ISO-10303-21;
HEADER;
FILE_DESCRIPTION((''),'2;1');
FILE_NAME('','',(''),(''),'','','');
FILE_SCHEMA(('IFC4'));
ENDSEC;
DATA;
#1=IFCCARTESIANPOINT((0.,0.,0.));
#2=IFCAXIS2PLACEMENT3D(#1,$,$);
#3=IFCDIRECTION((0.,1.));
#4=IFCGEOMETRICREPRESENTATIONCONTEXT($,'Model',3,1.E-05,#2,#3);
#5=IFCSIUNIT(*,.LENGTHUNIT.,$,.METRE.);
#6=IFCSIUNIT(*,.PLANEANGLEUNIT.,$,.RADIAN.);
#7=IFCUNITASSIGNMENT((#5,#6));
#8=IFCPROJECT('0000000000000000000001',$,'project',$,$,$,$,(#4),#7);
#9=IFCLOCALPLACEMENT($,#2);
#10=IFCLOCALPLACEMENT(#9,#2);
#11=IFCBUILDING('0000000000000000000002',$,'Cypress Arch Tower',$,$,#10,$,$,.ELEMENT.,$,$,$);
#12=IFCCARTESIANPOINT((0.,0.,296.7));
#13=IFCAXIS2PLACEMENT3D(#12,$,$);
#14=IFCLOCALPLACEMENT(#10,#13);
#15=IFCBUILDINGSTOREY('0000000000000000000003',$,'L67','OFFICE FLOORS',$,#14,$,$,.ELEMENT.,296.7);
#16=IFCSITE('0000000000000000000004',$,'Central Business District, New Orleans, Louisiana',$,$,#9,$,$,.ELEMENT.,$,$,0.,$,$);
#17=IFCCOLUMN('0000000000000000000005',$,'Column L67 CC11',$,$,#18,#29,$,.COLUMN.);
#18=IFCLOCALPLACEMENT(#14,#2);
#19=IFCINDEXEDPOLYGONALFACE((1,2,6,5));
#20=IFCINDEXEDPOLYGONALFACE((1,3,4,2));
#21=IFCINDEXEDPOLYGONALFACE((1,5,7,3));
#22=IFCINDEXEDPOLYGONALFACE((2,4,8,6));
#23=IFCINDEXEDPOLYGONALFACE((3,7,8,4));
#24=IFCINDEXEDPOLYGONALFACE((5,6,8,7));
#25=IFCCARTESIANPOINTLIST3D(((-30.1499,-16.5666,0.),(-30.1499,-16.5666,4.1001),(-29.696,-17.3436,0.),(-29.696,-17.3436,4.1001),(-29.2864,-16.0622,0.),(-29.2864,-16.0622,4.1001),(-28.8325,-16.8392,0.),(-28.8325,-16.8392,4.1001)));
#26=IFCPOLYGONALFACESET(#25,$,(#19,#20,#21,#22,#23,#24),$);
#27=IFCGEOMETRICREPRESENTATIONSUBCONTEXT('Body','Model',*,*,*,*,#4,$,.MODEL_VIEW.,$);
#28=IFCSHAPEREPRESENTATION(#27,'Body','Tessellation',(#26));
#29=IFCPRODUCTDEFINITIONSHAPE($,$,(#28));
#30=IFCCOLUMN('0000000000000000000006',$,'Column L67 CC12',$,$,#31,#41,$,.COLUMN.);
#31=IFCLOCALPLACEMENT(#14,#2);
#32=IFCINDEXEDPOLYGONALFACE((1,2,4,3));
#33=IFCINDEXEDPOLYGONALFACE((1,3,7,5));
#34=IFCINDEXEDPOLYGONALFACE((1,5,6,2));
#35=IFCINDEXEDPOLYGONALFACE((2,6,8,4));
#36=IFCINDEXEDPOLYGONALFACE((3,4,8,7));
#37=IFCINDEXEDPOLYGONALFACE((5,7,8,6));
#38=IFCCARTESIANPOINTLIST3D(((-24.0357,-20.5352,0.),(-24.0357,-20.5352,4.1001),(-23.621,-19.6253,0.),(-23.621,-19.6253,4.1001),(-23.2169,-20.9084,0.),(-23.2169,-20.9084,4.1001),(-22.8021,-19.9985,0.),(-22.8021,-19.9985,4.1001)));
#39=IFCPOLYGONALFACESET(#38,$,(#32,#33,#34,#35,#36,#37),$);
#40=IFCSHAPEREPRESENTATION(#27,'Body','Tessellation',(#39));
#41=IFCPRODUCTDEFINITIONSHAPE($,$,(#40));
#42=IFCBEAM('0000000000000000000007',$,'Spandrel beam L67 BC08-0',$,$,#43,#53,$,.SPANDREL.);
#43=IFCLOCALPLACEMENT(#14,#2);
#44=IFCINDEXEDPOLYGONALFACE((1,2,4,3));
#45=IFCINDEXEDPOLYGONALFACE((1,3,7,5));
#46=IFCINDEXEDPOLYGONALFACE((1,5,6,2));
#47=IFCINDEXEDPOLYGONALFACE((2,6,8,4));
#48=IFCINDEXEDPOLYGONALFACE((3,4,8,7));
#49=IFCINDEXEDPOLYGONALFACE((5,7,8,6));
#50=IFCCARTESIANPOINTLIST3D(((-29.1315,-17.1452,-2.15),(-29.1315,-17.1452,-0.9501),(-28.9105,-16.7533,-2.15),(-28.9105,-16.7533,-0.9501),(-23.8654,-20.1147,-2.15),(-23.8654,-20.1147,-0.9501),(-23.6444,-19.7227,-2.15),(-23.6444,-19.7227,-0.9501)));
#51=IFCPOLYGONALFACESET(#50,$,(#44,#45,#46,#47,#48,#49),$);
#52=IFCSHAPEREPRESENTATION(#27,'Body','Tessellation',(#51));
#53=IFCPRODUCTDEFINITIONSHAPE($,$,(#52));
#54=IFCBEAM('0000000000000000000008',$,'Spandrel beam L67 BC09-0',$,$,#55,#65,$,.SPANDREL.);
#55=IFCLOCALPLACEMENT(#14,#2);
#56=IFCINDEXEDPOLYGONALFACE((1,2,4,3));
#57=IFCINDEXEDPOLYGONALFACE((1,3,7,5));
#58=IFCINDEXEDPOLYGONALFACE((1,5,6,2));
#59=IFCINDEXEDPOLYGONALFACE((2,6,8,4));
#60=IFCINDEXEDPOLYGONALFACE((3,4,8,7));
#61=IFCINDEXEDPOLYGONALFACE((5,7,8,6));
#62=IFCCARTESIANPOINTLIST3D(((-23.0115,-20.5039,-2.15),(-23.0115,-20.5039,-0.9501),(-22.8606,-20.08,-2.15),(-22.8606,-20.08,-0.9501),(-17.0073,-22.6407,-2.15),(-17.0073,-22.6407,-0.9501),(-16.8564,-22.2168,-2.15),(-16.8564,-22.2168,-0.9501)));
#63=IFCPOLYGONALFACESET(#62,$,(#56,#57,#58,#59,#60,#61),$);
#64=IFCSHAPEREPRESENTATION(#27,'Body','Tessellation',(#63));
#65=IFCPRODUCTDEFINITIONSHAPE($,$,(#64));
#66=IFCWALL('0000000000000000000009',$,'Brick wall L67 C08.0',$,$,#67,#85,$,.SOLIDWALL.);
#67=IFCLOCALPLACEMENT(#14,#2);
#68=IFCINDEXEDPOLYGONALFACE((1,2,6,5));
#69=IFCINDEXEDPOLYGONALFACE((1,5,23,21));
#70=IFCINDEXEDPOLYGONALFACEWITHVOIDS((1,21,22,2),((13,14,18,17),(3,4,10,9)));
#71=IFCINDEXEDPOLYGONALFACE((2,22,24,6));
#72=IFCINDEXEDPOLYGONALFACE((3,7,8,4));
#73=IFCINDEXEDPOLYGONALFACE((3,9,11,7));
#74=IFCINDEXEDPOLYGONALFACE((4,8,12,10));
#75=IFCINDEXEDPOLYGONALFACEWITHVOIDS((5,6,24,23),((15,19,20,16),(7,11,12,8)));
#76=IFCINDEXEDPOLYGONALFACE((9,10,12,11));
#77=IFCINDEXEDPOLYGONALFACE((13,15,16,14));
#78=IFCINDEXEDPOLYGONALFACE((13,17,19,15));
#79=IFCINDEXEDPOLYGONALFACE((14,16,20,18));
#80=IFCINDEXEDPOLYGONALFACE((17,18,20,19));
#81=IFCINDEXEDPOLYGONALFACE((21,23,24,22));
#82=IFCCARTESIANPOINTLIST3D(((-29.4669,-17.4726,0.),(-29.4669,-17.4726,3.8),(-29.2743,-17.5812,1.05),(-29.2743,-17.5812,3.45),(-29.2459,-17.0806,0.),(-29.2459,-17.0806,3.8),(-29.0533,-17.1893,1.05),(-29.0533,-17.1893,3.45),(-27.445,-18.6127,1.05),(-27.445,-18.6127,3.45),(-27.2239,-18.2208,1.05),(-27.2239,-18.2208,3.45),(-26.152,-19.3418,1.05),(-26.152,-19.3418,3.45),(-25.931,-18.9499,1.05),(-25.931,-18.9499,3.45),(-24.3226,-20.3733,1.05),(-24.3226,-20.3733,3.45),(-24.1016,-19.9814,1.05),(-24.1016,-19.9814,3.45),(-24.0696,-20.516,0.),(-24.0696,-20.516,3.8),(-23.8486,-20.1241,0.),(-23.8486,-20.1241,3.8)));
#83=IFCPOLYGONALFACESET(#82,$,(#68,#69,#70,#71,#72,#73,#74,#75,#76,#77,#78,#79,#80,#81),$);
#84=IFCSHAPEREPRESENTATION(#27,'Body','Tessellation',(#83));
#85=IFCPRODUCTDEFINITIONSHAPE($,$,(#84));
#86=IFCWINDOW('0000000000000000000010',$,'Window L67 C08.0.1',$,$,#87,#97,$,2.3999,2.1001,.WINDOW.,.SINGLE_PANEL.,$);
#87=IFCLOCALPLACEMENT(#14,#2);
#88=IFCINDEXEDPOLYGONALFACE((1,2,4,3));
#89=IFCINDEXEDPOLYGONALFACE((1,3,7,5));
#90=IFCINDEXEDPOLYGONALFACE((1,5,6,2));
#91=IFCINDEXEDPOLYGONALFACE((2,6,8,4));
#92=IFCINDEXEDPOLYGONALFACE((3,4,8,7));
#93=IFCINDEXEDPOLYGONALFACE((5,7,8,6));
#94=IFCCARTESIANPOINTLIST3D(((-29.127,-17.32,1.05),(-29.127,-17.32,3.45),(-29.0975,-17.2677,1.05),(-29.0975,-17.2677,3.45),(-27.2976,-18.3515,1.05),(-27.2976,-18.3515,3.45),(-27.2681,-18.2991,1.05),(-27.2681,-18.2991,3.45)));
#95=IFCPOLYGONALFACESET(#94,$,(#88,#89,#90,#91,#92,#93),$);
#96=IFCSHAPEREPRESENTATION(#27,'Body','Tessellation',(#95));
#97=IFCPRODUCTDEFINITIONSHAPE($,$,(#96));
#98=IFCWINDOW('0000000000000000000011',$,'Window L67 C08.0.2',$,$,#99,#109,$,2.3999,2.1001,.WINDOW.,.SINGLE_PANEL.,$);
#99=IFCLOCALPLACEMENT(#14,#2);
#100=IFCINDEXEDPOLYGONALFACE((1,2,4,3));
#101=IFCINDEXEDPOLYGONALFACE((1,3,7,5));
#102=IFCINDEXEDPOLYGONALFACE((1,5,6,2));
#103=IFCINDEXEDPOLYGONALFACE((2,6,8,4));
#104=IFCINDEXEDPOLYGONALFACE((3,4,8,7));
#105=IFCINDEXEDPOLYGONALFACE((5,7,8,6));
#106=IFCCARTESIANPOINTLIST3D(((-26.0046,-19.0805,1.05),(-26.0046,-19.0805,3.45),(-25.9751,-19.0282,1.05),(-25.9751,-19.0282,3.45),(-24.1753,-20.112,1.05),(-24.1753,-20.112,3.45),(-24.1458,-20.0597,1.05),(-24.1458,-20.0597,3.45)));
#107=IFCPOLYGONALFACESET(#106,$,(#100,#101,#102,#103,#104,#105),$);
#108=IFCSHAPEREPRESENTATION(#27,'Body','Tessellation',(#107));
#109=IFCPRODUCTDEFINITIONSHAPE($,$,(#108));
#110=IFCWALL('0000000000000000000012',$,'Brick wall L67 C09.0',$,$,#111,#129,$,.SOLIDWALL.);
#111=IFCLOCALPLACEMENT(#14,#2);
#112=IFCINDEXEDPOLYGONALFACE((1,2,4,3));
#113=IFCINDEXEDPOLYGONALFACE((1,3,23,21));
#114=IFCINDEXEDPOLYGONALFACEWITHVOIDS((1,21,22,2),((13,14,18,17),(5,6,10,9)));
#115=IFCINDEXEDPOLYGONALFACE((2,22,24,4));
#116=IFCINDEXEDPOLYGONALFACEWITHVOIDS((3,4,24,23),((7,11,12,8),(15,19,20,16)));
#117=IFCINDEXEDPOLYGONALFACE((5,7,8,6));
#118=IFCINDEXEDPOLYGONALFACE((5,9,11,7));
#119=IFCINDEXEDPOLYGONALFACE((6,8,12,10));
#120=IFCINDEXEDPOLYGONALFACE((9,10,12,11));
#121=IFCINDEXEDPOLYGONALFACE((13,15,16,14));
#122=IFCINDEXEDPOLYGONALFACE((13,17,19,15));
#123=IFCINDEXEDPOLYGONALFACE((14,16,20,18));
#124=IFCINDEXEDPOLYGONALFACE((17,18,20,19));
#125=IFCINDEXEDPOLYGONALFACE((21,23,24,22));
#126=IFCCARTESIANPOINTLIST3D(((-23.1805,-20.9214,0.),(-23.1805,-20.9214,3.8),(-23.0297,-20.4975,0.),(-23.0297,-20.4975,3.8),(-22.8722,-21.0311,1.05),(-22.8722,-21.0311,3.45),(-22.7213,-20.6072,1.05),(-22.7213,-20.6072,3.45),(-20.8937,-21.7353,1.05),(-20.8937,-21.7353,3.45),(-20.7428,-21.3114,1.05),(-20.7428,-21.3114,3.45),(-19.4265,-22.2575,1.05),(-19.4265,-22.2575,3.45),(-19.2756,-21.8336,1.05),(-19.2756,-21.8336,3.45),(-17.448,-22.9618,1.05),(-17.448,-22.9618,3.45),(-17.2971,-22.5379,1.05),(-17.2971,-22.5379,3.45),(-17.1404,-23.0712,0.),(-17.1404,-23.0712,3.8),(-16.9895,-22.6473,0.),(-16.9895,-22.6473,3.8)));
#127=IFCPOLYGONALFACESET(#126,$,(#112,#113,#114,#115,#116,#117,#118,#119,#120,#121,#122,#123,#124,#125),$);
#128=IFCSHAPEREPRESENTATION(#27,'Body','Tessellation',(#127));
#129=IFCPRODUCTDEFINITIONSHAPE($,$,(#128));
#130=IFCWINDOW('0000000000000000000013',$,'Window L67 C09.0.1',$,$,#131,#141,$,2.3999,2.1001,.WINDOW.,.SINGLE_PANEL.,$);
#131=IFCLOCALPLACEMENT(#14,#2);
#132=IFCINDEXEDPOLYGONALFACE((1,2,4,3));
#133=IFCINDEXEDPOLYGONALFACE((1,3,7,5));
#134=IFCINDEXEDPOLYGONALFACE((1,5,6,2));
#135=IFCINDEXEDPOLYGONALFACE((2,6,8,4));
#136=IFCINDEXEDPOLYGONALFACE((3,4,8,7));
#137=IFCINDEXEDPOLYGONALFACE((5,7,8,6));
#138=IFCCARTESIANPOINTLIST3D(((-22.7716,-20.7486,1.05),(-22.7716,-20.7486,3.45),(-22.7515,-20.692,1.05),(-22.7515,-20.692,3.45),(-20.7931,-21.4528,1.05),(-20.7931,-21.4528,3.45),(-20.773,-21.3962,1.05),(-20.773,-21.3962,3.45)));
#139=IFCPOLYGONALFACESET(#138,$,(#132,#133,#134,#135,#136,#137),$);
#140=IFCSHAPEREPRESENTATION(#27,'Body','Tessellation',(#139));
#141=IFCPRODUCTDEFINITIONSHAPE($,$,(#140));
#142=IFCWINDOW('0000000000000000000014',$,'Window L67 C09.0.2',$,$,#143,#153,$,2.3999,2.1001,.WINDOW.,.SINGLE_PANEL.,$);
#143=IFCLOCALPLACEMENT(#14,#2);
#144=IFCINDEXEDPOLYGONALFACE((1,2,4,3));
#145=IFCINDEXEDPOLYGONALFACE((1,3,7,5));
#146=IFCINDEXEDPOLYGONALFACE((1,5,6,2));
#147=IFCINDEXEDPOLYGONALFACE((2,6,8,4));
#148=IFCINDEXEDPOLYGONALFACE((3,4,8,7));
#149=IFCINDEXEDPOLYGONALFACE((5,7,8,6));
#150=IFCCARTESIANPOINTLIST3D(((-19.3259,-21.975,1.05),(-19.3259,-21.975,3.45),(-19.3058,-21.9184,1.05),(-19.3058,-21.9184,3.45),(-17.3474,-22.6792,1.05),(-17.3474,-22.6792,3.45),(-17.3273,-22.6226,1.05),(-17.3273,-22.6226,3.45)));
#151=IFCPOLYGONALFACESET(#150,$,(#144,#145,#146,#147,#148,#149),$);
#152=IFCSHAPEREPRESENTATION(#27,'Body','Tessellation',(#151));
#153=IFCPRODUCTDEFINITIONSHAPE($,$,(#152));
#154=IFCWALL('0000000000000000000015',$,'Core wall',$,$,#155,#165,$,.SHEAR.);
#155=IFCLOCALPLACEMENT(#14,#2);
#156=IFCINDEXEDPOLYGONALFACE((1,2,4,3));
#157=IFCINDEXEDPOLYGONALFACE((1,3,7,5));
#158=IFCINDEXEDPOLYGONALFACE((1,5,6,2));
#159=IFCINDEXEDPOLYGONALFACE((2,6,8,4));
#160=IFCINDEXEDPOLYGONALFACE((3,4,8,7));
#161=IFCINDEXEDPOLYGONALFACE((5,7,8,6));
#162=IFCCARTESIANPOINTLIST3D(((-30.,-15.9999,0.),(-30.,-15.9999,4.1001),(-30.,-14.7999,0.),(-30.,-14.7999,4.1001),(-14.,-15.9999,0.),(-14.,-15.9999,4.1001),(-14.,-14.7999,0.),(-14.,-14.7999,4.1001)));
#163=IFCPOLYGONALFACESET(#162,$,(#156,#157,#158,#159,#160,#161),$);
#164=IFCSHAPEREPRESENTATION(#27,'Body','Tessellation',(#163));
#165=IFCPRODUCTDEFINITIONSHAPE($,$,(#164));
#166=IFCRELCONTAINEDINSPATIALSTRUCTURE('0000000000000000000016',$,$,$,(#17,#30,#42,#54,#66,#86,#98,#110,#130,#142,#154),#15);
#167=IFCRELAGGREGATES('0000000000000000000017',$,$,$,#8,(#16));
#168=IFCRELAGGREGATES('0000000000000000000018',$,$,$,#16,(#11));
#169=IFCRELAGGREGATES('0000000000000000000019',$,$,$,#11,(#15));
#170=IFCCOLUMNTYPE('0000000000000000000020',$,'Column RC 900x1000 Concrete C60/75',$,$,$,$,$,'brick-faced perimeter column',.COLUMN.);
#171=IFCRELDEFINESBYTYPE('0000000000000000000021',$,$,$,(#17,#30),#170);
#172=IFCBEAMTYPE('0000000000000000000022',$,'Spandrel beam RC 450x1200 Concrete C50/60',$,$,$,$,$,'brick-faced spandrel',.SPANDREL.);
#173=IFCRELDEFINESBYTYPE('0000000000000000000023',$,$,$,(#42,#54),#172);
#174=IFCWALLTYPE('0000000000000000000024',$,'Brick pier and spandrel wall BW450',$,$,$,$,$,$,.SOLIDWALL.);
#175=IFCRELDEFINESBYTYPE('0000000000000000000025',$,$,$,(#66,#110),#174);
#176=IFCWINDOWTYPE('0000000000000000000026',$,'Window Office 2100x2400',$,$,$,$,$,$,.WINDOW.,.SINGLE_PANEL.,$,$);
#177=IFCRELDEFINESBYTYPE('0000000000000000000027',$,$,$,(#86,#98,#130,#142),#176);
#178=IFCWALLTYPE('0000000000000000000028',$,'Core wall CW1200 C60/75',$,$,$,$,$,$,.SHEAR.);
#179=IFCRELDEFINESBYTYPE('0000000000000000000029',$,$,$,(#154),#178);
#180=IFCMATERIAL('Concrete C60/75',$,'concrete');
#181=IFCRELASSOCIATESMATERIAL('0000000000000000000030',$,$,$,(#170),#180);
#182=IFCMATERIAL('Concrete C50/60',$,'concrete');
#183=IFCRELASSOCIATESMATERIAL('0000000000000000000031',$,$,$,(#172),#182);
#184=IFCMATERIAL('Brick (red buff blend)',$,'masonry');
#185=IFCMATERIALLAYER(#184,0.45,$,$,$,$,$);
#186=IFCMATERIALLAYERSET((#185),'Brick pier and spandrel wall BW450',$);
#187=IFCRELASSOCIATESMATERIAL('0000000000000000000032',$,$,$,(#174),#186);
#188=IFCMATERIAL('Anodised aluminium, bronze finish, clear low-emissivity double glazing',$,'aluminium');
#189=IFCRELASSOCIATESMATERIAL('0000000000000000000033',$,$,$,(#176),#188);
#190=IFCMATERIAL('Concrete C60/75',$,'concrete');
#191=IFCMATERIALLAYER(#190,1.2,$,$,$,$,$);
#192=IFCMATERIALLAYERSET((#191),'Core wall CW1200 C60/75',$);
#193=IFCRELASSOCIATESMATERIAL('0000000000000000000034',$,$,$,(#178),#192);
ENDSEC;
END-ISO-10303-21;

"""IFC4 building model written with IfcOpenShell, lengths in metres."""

from ifc_helpers import new_model, si_unit, direction, frame, frame_2d, origin, origin_2d, place, context, subcontext, project, spatial, rectangle, extrude, material, layer, layer_set, material_profile, profile_set, type_object, element, fill, save


model = new_model("IFC4")

# Units and contexts
model_context = context("Model", 3, precision=1e-05, world=origin(), true_north=direction((0.0, 1.0)))
body_context = subcontext(model_context, "Body", "Model", "MODEL_VIEW")
ifc_project = project(units=[si_unit("LENGTHUNIT", "METRE"), si_unit("PLANEANGLEUNIT", "RADIAN")], contexts=[model_context])

# Site, building, storey
site_placement = place(None, origin())
site = spatial("IfcSite", under=ifc_project, at=site_placement, Name="Central Business District, New Orleans, Louisiana", CompositionType="ELEMENT", RefElevation=0.0)
building_placement = place(site_placement, origin())
building = spatial("IfcBuilding", under=site, at=building_placement, Name="Cypress Arch Tower", CompositionType="ELEMENT")
storey_placement = place(building_placement, frame((0.0, 0.0, 296.7)))
storey = spatial("IfcBuildingStorey", under=building, at=storey_placement, Name="L67", Description="OFFICE FLOORS", CompositionType="ELEMENT", Elevation=296.7)

# Columns
ifc_material_1 = material(Name="Concrete C60/75", Category="concrete")
ifc_material_profile_1 = material_profile(ifc_material_1, rectangle(XDim=0.8999, YDim=1.0, at=origin_2d()), Name="RC 900x1000")
ifc_profile_set_1 = profile_set([ifc_material_profile_1], Name="Concrete C60/75")
column_type = type_object("IfcColumnType", Name="Column RC 900x1000 Concrete C60/75", ElementType="brick-faced perimeter column", PredefinedType="COLUMN", material=ifc_profile_set_1)
for number, where, z_axis, x_axis, name in (
    (1, (-29.4912, -16.7029, 0.0), (0.0, 0.0, 1.0), (0.504399, -0.863471, 0.0), "Column L67 CC11"),
    (2, (-23.4189, -20.2668, 0.0), (0.0, 0.0, 1.0), (0.909932, -0.414757, 0.0), "Column L67 CC12"),
):
    element("IfcColumn", number, at=place(storey_placement, frame(where, z_axis=z_axis, x_axis=x_axis)), inside=storey, type_object=column_type, Name=name, PredefinedType="COLUMN", context=body_context, shape_type="SweptSolid", body=[
        extrude(rectangle(XDim=0.8999, YDim=1.0, at=origin_2d()), origin(), (0.0, 0.0, 1.0), 4.1001),
    ])

# Beams
ifc_material_2 = material(Name="Concrete C50/60", Category="concrete")
ifc_material_profile_2 = material_profile(ifc_material_2, rectangle(XDim=0.45, YDim=1.2, at=origin_2d()), Name="RC 450x1200")
ifc_profile_set_2 = profile_set([ifc_material_profile_2], Name="Concrete C50/60")
beam_type = type_object("IfcBeamType", Name="Spandrel beam RC 450x1200 Concrete C50/60", ElementType="brick-faced spandrel", PredefinedType="SPANDREL", material=ifc_profile_set_2)
beam_1_placement = place(storey_placement, frame((-29.021, -16.9492, -1.55), z_axis=(0.87106, -0.491177, 0.0), x_axis=(0.491177, 0.87106, 0.0)))
element("IfcBeam", 3, at=beam_1_placement, inside=storey, type_object=beam_type, Name="Spandrel beam L67 BC08-0", PredefinedType="SPANDREL", context=body_context, shape_type="SweptSolid", body=[
    extrude(rectangle(XDim=0.45, YDim=1.2, at=origin_2d()), origin(), (0.0, 0.0, 1.0), 6.0457),
])
beam_2_placement = place(storey_placement, frame((-22.936, -20.292, -1.55), z_axis=(0.94212, -0.335276, 0.0), x_axis=(0.335276, 0.94212, 0.0)))
element("IfcBeam", 4, at=beam_2_placement, inside=storey, type_object=beam_type, Name="Spandrel beam L67 BC09-0", PredefinedType="SPANDREL", context=body_context, shape_type="SweptSolid", body=[
    extrude(rectangle(XDim=0.45, YDim=1.2, at=origin_2d()), origin(), (0.0, 0.0, 1.0), 6.373),
])

# Walls, openings, windows
ifc_material_3 = material(Name="Brick (red buff blend)", Category="masonry")
ifc_layer_1 = layer(ifc_material_3, 0.45)
ifc_layer_set_1 = layer_set([ifc_layer_1], Name="Brick pier and spandrel wall BW450")
wall_type_1 = type_object("IfcWallType", Name="Brick pier and spandrel wall BW450", PredefinedType="SOLIDWALL", material=ifc_layer_set_1)
wall_1_placement = place(storey_placement, frame((-29.3564, -17.2766, 0.0), z_axis=(0.0, 0.0, 1.0), x_axis=(0.871066, -0.491166, 0.0)))
wall_1 = element("IfcWall", 5, at=wall_1_placement, inside=storey, type_object=wall_type_1, Name="Brick wall L67 C08.0", PredefinedType="SOLIDWALL", context=body_context, shape_type="SweptSolid", body=[
    extrude(rectangle(XDim=6.1963, YDim=0.45, at=frame_2d((3.0981, 0.0))), origin(), (0.0, 0.0, 1.0), 3.8),
])
opening_1_placement = place(wall_1_placement, frame((0.2212, 0.0, 1.05)))
opening_1 = element("IfcOpeningElement", 6, at=opening_1_placement, cuts=wall_1, PredefinedType="OPENING", context=body_context, shape_type="SweptSolid", body=[
    extrude(rectangle(XDim=2.1001, YDim=2.3999, at=frame_2d((1.05, 1.2))), frame((0.0, 0.2349, 0.0), z_axis=(0.0, -1.0, 0.0), x_axis=(1.0, 0.0, 0.0)), (0.0, 0.0, 1.0), 0.47),
])
opening_2_placement = place(wall_1_placement, frame((3.8057, 0.0, 1.05)))
opening_2 = element("IfcOpeningElement", 7, at=opening_2_placement, cuts=wall_1, PredefinedType="OPENING", context=body_context, shape_type="SweptSolid", body=[
    extrude(rectangle(XDim=2.1001, YDim=2.3999, at=frame_2d((1.05, 1.2))), frame((0.0, 0.2349, 0.0), z_axis=(0.0, -1.0, 0.0), x_axis=(1.0, 0.0, 0.0)), (0.0, 0.0, 1.0), 0.47),
])
ifc_material_4 = material(Name="Anodised aluminium, bronze finish, clear low-emissivity double glazing", Category="aluminium")
window_type = type_object("IfcWindowType", Name="Window Office 2100x2400", PartitioningType="SINGLE_PANEL", PredefinedType="WINDOW", material=ifc_material_4)
window_1_placement = place(opening_1_placement, origin())
window_1 = element("IfcWindow", 8, at=window_1_placement, inside=storey, type_object=window_type, Name="Window L67 C08.0.1", OverallHeight=2.3999, OverallWidth=2.1001, PartitioningType="SINGLE_PANEL", PredefinedType="WINDOW", context=body_context, shape_type="SweptSolid", body=[
    extrude(rectangle(XDim=2.1001, YDim=2.3999, at=frame_2d((1.05, 1.2))), frame((0.0, 0.135, 0.0), z_axis=(0.0, -1.0, 0.0), x_axis=(1.0, 0.0, 0.0)), (0.0, 0.0, 1.0), 0.0601),
])
fill(opening_1, window_1)
window_2_placement = place(opening_2_placement, origin())
window_2 = element("IfcWindow", 9, at=window_2_placement, inside=storey, type_object=window_type, Name="Window L67 C08.0.2", OverallHeight=2.3999, OverallWidth=2.1001, PartitioningType="SINGLE_PANEL", PredefinedType="WINDOW", context=body_context, shape_type="SweptSolid", body=[
    extrude(rectangle(XDim=2.1001, YDim=2.3999, at=frame_2d((1.05, 1.2))), frame((0.0, 0.135, 0.0), z_axis=(0.0, -1.0, 0.0), x_axis=(1.0, 0.0, 0.0)), (0.0, 0.0, 1.0), 0.0601),
])
fill(opening_2, window_2)
wall_2_placement = place(storey_placement, frame((-23.105, -20.7095, 0.0), z_axis=(0.0, 0.0, 1.0), x_axis=(0.942104, -0.335321, 0.0)))
wall_2 = element("IfcWall", 10, at=wall_2_placement, inside=storey, type_object=wall_type_1, Name="Brick wall L67 C09.0", PredefinedType="SOLIDWALL", context=body_context, shape_type="SweptSolid", body=[
    extrude(rectangle(XDim=6.4114, YDim=0.45, at=frame_2d((3.2056, 0.0))), origin(), (0.0, 0.0, 1.0), 3.8),
])
opening_3_placement = place(wall_2_placement, frame((0.3271, 0.0, 1.05)))
opening_3 = element("IfcOpeningElement", 11, at=opening_3_placement, cuts=wall_2, PredefinedType="OPENING", context=body_context, shape_type="SweptSolid", body=[
    extrude(rectangle(XDim=2.1001, YDim=2.3999, at=frame_2d((1.05, 1.2))), frame((0.0, 0.2349, 0.0), z_axis=(0.0, -1.0, 0.0), x_axis=(1.0, 0.0, 0.0)), (0.0, 0.0, 1.0), 0.47),
])
opening_4_placement = place(wall_2_placement, frame((3.9846, 0.0, 1.05)))
opening_4 = element("IfcOpeningElement", 12, at=opening_4_placement, cuts=wall_2, PredefinedType="OPENING", context=body_context, shape_type="SweptSolid", body=[
    extrude(rectangle(XDim=2.1001, YDim=2.3999, at=frame_2d((1.05, 1.2))), frame((0.0, 0.2349, 0.0), z_axis=(0.0, -1.0, 0.0), x_axis=(1.0, 0.0, 0.0)), (0.0, 0.0, 1.0), 0.47),
])
window_3_placement = place(opening_3_placement, origin())
window_3 = element("IfcWindow", 13, at=window_3_placement, inside=storey, type_object=window_type, Name="Window L67 C09.0.1", OverallHeight=2.3999, OverallWidth=2.1001, PartitioningType="SINGLE_PANEL", PredefinedType="WINDOW", context=body_context, shape_type="SweptSolid", body=[
    extrude(rectangle(XDim=2.1001, YDim=2.3999, at=frame_2d((1.05, 1.2))), frame((0.0, 0.135, 0.0), z_axis=(0.0, -1.0, 0.0), x_axis=(1.0, 0.0, 0.0)), (0.0, 0.0, 1.0), 0.0601),
])
fill(opening_3, window_3)
window_4_placement = place(opening_4_placement, origin())
window_4 = element("IfcWindow", 14, at=window_4_placement, inside=storey, type_object=window_type, Name="Window L67 C09.0.2", OverallHeight=2.3999, OverallWidth=2.1001, PartitioningType="SINGLE_PANEL", PredefinedType="WINDOW", context=body_context, shape_type="SweptSolid", body=[
    extrude(rectangle(XDim=2.1001, YDim=2.3999, at=frame_2d((1.05, 1.2))), frame((0.0, 0.135, 0.0), z_axis=(0.0, -1.0, 0.0), x_axis=(1.0, 0.0, 0.0)), (0.0, 0.0, 1.0), 0.0601),
])
fill(opening_4, window_4)

# Wall
ifc_material_5 = material(Name="Concrete C60/75", Category="concrete")
ifc_layer_2 = layer(ifc_material_5, 1.2)
ifc_layer_set_2 = layer_set([ifc_layer_2], Name="Core wall CW1200 C60/75")
wall_type_2 = type_object("IfcWallType", Name="Core wall CW1200 C60/75", PredefinedType="SHEAR", material=ifc_layer_set_2)
wall_3_placement = place(storey_placement, frame((-30.0, -15.3999, 0.0), z_axis=(0.0, 0.0, 1.0), x_axis=(1.0, 0.0, 0.0)))
element("IfcWall", 15, at=wall_3_placement, inside=storey, type_object=wall_type_2, Name="Core wall", PredefinedType="SHEAR", context=body_context, shape_type="SweptSolid", body=[
    extrude(rectangle(XDim=16.0, YDim=1.2, at=frame_2d((8.0, 0.0))), origin(), (0.0, 0.0, 1.0), 4.1001),
])

save(model, "model.ifc")
